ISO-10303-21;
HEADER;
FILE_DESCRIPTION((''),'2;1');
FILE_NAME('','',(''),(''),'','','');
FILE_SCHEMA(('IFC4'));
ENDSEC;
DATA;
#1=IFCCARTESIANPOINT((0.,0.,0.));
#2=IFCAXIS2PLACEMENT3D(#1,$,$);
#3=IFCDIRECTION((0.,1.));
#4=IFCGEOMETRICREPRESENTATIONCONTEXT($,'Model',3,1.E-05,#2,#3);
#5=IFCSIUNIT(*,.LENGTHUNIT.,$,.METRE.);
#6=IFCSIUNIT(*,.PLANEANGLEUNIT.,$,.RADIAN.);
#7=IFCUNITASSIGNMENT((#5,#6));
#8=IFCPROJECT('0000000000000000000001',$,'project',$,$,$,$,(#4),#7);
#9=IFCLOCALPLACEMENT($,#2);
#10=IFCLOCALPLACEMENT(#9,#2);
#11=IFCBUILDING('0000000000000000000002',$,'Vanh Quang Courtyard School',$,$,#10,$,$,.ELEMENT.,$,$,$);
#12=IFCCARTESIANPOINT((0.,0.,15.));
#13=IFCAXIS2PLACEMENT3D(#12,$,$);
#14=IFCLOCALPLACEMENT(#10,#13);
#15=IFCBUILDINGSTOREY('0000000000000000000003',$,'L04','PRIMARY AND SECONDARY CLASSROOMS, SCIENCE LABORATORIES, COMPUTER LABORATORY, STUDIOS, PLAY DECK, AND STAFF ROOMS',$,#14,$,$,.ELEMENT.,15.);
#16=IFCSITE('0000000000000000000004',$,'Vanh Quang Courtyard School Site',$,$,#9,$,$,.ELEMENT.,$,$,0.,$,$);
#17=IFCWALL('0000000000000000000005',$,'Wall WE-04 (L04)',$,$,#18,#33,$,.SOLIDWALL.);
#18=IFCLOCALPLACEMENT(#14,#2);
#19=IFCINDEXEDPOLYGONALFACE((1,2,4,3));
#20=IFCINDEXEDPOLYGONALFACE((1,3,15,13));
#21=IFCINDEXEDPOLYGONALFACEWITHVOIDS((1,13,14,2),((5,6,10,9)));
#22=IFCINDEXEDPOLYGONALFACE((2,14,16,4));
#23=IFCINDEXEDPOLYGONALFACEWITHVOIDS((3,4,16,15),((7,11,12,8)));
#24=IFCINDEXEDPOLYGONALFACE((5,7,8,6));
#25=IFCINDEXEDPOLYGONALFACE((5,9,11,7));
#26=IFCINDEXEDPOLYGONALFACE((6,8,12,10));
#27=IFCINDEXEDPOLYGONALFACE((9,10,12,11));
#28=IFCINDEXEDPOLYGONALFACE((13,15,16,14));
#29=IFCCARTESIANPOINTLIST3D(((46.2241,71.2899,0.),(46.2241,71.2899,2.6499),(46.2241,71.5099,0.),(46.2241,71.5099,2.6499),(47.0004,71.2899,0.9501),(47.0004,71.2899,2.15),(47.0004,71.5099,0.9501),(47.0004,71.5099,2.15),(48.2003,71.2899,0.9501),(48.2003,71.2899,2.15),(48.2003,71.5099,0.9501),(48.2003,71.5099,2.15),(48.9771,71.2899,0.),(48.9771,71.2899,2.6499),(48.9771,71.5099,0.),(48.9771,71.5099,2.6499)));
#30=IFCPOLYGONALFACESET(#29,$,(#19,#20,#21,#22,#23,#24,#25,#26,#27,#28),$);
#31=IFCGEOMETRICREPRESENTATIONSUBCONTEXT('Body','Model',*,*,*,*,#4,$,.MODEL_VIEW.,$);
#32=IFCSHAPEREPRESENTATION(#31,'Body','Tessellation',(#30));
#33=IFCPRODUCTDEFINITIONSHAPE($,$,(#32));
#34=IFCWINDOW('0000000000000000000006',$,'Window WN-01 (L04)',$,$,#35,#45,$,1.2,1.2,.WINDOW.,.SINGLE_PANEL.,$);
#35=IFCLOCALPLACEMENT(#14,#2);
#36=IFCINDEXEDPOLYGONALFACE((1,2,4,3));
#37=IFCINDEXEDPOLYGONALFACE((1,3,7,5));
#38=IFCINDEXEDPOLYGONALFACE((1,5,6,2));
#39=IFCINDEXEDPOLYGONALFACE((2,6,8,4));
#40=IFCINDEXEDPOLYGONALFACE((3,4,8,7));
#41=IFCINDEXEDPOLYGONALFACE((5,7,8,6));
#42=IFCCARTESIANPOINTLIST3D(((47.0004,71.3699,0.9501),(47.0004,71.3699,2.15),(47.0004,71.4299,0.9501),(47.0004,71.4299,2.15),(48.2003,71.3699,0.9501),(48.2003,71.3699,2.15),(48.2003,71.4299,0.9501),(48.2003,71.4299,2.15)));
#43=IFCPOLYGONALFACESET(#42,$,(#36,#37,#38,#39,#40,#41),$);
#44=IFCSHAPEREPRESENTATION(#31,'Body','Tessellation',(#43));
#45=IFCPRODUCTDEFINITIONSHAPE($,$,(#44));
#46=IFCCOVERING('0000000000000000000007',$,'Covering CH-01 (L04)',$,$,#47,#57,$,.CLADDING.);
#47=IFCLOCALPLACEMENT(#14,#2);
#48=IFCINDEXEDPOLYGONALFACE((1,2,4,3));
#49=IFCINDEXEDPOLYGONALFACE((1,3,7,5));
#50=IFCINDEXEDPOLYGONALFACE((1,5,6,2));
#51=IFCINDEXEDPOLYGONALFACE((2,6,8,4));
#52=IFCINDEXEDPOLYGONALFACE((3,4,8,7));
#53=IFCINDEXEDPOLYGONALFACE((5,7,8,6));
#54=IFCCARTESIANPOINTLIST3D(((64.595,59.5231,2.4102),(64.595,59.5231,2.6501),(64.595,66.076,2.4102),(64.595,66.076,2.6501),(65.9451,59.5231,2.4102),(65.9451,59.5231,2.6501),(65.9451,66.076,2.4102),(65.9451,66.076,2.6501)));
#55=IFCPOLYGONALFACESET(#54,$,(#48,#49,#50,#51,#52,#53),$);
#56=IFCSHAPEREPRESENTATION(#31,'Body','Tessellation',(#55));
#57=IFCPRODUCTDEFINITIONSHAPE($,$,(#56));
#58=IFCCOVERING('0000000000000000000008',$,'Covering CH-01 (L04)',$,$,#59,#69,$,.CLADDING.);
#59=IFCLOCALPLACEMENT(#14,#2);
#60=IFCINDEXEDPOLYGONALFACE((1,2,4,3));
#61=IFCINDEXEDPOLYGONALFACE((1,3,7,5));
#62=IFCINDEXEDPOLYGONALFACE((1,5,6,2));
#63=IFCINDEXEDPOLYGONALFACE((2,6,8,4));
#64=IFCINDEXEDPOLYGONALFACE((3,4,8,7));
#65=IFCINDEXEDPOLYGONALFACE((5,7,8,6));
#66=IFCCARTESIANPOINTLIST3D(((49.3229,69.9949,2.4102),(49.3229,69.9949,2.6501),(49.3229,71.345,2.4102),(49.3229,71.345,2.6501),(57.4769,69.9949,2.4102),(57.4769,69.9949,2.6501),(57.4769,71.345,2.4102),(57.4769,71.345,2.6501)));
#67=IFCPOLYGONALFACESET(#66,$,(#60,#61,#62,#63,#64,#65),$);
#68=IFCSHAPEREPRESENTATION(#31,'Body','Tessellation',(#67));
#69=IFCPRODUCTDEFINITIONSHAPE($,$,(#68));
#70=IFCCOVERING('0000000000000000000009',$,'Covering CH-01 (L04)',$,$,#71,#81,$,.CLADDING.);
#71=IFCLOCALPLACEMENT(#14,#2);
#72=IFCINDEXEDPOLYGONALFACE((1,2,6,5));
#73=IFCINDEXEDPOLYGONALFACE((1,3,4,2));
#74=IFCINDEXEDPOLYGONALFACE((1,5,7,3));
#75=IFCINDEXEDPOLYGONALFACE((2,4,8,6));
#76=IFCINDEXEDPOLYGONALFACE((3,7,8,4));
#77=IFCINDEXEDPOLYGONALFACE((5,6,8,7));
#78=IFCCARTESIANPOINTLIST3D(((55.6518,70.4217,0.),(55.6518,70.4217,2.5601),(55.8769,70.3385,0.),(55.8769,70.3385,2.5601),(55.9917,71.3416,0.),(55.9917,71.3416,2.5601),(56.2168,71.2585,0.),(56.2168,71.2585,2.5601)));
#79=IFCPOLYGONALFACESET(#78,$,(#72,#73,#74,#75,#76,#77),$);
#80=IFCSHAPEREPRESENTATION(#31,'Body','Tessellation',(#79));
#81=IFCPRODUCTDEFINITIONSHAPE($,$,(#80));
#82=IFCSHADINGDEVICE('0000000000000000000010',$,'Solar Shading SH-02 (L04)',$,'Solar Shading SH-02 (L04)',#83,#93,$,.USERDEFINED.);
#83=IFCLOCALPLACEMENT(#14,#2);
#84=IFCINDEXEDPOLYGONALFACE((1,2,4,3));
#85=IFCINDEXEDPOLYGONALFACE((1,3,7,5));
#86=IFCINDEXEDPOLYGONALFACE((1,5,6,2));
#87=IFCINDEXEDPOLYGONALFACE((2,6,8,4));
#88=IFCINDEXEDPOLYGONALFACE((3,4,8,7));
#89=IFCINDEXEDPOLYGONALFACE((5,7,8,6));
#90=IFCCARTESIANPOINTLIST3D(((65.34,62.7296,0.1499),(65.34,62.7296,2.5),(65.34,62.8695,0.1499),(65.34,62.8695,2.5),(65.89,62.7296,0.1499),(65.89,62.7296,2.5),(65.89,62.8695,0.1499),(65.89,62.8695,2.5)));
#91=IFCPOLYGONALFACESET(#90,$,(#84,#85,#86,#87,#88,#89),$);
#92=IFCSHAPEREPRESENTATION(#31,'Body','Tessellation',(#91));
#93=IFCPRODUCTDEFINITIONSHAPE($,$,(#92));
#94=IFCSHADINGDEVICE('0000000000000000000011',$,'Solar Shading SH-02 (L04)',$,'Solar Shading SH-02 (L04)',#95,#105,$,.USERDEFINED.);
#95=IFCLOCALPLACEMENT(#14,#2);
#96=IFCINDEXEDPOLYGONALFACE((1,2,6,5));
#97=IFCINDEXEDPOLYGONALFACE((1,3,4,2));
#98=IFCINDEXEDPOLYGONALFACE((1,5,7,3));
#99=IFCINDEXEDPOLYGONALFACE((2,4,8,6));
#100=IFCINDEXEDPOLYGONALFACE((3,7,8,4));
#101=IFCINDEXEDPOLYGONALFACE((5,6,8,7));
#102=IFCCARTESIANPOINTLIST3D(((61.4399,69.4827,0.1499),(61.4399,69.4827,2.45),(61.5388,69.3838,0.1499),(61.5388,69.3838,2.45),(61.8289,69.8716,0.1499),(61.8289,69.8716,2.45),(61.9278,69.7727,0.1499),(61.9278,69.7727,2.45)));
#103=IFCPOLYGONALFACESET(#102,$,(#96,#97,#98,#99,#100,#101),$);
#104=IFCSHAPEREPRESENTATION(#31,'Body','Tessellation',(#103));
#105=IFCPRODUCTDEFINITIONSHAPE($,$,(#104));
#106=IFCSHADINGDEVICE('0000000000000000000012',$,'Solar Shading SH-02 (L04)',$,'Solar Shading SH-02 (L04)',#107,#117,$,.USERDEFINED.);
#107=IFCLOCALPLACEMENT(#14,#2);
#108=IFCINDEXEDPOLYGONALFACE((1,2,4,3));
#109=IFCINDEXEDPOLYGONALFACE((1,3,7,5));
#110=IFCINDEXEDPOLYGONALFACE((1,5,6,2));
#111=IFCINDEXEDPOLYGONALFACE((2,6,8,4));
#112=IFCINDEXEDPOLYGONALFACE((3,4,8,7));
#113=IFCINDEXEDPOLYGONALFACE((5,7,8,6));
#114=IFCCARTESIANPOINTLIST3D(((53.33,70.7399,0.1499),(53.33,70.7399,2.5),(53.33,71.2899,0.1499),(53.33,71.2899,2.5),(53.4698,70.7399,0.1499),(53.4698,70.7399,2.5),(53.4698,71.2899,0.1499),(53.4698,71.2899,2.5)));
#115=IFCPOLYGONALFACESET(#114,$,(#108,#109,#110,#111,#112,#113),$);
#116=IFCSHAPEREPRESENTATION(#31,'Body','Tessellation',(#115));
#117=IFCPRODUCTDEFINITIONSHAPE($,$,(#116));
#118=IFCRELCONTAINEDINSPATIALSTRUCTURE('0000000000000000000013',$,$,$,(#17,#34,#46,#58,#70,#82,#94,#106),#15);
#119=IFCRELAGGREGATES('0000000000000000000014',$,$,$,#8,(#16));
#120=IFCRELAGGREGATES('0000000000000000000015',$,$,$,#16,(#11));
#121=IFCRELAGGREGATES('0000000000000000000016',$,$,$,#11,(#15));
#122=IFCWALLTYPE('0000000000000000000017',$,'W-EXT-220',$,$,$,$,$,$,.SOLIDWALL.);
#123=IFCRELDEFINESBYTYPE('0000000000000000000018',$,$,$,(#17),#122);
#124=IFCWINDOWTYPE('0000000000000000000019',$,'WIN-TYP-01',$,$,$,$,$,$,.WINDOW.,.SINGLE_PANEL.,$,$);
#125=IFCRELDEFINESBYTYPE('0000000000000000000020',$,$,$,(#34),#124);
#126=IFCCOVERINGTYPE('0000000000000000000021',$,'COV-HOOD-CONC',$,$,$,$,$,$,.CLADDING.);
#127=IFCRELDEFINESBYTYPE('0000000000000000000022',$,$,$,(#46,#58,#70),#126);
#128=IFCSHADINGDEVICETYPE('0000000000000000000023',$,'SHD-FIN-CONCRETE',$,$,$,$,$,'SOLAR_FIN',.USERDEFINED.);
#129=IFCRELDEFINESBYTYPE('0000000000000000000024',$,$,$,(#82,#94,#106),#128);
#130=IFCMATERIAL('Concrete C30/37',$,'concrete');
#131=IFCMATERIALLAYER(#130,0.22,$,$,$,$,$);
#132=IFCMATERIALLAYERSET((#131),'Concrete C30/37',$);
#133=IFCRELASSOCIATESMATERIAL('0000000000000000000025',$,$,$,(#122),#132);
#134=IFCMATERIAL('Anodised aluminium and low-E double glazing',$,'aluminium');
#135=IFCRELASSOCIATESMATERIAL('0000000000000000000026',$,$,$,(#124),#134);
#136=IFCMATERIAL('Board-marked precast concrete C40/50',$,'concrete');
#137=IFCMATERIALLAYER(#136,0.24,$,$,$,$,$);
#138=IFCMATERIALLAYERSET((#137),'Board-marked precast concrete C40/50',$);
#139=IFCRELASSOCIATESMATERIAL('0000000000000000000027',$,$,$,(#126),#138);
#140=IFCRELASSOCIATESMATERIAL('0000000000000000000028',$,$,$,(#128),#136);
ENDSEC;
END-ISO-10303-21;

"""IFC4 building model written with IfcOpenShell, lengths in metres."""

from ifc_helpers import new_model, si_unit, direction, frame, frame_2d, origin, origin_2d, place, context, subcontext, project, spatial, rectangle, extrude, material, layer, layer_set, type_object, element, fill, save


model = new_model("IFC4")

# Units and contexts
model_context = context("Model", 3, precision=1e-05, world=origin(), true_north=direction((0.0, 1.0)))
body_context = subcontext(model_context, "Body", "Model", "MODEL_VIEW")
ifc_project = project(units=[si_unit("LENGTHUNIT", "METRE"), si_unit("PLANEANGLEUNIT", "RADIAN")], contexts=[model_context])

# Site, building, storey
site_placement = place(None, origin())
site = spatial("IfcSite", under=ifc_project, at=site_placement, Name="Vanh Quang Courtyard School Site", CompositionType="ELEMENT", RefElevation=0.0)
building_placement = place(site_placement, origin())
building = spatial("IfcBuilding", under=site, at=building_placement, Name="Vanh Quang Courtyard School", CompositionType="ELEMENT")
storey_placement = place(building_placement, frame((0.0, 0.0, 15.0)))
storey = spatial("IfcBuildingStorey", under=building, at=storey_placement, Name="L04", Description="PRIMARY AND SECONDARY CLASSROOMS, SCIENCE LABORATORIES, COMPUTER LABORATORY, STUDIOS, PLAY DECK, AND STAFF ROOMS", CompositionType="ELEMENT", Elevation=15.0)

# Shared definitions
ifc_material_1 = material(Name="Concrete C30/37", Category="concrete")
ifc_layer_1 = layer(ifc_material_1, 0.22)
ifc_layer_set_1 = layer_set([ifc_layer_1], Name="Concrete C30/37")
wall_type = type_object("IfcWallType", Name="W-EXT-220", PredefinedType="SOLIDWALL", material=ifc_layer_set_1)

# Wall, opening, window
wall_1_placement = place(storey_placement, frame((48.9771, 71.3999, 0.0), z_axis=(0.0, 0.0, 1.0), x_axis=(-1.0, 0.0, 0.0)))
wall_1 = element("IfcWall", 1, at=wall_1_placement, inside=storey, type_object=wall_type, Name="Wall WE-04 (L04)", PredefinedType="SOLIDWALL", context=body_context, shape_type="SweptSolid", body=[
    extrude(rectangle(XDim=2.7529, YDim=0.22, at=frame_2d((1.3765, 0.0))), origin(), (0.0, 0.0, 1.0), 2.6499),
])
opening_placement = place(wall_1_placement, frame((0.7766, 0.0, 0.95)))
opening = element("IfcOpeningElement", 2, at=opening_placement, cuts=wall_1, PredefinedType="OPENING", context=body_context, shape_type="SweptSolid", body=[
    extrude(rectangle(XDim=1.2, YDim=1.2, at=frame_2d((0.6001, 0.6001))), frame((0.0, 0.1201, 0.0), z_axis=(0.0, -1.0, 0.0), x_axis=(1.0, 0.0, 0.0)), (0.0, 0.0, 1.0), 0.24),
])
ifc_material_2 = material(Name="Anodised aluminium and low-E double glazing", Category="aluminium")
window_type = type_object("IfcWindowType", Name="WIN-TYP-01", PartitioningType="SINGLE_PANEL", PredefinedType="WINDOW", material=ifc_material_2)
window_placement = place(opening_placement, origin())
window = element("IfcWindow", 3, at=window_placement, inside=storey, type_object=window_type, Name="Window WN-01 (L04)", OverallHeight=1.2, OverallWidth=1.2, PartitioningType="SINGLE_PANEL", PredefinedType="WINDOW", context=body_context, shape_type="SweptSolid", body=[
    extrude(rectangle(XDim=1.2, YDim=1.2, at=frame_2d((0.6001, 0.6001))), frame((0.0, 0.03, 0.0), z_axis=(0.0, -1.0, 0.0), x_axis=(1.0, 0.0, 0.0)), (0.0, 0.0, 1.0), 0.0601),
])
fill(opening, window)

# Coverings
ifc_material_3 = material(Name="Board-marked precast concrete C40/50", Category="concrete")
ifc_layer_2 = layer(ifc_material_3, 0.24)
ifc_layer_set_2 = layer_set([ifc_layer_2], Name="Board-marked precast concrete C40/50")
covering_type = type_object("IfcCoveringType", Name="COV-HOOD-CONC", PredefinedType="CLADDING", material=ifc_layer_set_2)
covering_1_placement = place(storey_placement, frame((65.27, 62.7996, 2.4102), z_axis=(0.0, 0.0, 1.0), x_axis=(0.0, 1.0, 0.0)))
element("IfcCovering", 4, at=covering_1_placement, inside=storey, type_object=covering_type, Name="Covering CH-01 (L04)", PredefinedType="CLADDING", context=body_context, shape_type="SweptSolid", body=[
    extrude(rectangle(XDim=6.553, YDim=1.3501, at=origin_2d()), origin(), (0.0, 0.0, 1.0), 0.24),
])
covering_2_placement = place(storey_placement, frame((53.3999, 70.6699, 2.4102), z_axis=(0.0, 0.0, 1.0), x_axis=(-1.0, 0.0, 0.0)))
element("IfcCovering", 5, at=covering_2_placement, inside=storey, type_object=covering_type, Name="Covering CH-01 (L04)", PredefinedType="CLADDING", context=body_context, shape_type="SweptSolid", body=[
    extrude(rectangle(XDim=8.1541, YDim=1.3501, at=origin_2d()), origin(), (0.0, 0.0, 1.0), 0.24),
])
covering_3_placement = place(storey_placement, frame((55.9343, 70.8401, 0.0), z_axis=(0.0, 0.0, 1.0), x_axis=(-0.346608, -0.93801, 0.0)))
element("IfcCovering", 6, at=covering_3_placement, inside=storey, type_object=covering_type, Name="Covering CH-01 (L04)", PredefinedType="CLADDING", context=body_context, shape_type="SweptSolid", body=[
    extrude(rectangle(XDim=0.9807, YDim=0.24, at=origin_2d()), origin(), (0.0, 0.0, 1.0), 2.5601),
])

# Shading devices
shading_device_type = type_object("IfcShadingDeviceType", Name="SHD-FIN-CONCRETE", ElementType="SOLAR_FIN", PredefinedType="USERDEFINED", material=ifc_material_3)
shading_device_1_placement = place(storey_placement, frame((65.615, 62.7996, 0.1499), z_axis=(0.0, 0.0, 1.0), x_axis=(0.0, 1.0, 0.0)))
element("IfcShadingDevice", 7, at=shading_device_1_placement, inside=storey, type_object=shading_device_type, Name="Solar Shading SH-02 (L04)", ObjectType="Solar Shading SH-02 (L04)", PredefinedType="USERDEFINED", context=body_context, shape_type="SweptSolid", body=[
    extrude(rectangle(XDim=0.1399, YDim=0.55, at=origin_2d()), origin(), (0.0, 0.0, 1.0), 2.3501),
])
shading_device_2_placement = place(storey_placement, frame((61.6838, 69.6277, 0.1499), z_axis=(0.0, 0.0, 1.0), x_axis=(-0.707107, 0.707107, 0.0)))
element("IfcShadingDevice", 8, at=shading_device_2_placement, inside=storey, type_object=shading_device_type, Name="Solar Shading SH-02 (L04)", ObjectType="Solar Shading SH-02 (L04)", PredefinedType="USERDEFINED", context=body_context, shape_type="SweptSolid", body=[
    extrude(rectangle(XDim=0.1399, YDim=0.55, at=origin_2d()), origin(), (0.0, 0.0, 1.0), 2.3),
])
shading_device_3_placement = place(storey_placement, frame((53.3999, 71.0149, 0.1499), z_axis=(0.0, 0.0, 1.0), x_axis=(-1.0, 0.0, 0.0)))
element("IfcShadingDevice", 9, at=shading_device_3_placement, inside=storey, type_object=shading_device_type, Name="Solar Shading SH-02 (L04)", ObjectType="Solar Shading SH-02 (L04)", PredefinedType="USERDEFINED", context=body_context, shape_type="SweptSolid", body=[
    extrude(rectangle(XDim=0.1399, YDim=0.55, at=origin_2d()), origin(), (0.0, 0.0, 1.0), 2.3501),
])

save(model, "model.ifc")
